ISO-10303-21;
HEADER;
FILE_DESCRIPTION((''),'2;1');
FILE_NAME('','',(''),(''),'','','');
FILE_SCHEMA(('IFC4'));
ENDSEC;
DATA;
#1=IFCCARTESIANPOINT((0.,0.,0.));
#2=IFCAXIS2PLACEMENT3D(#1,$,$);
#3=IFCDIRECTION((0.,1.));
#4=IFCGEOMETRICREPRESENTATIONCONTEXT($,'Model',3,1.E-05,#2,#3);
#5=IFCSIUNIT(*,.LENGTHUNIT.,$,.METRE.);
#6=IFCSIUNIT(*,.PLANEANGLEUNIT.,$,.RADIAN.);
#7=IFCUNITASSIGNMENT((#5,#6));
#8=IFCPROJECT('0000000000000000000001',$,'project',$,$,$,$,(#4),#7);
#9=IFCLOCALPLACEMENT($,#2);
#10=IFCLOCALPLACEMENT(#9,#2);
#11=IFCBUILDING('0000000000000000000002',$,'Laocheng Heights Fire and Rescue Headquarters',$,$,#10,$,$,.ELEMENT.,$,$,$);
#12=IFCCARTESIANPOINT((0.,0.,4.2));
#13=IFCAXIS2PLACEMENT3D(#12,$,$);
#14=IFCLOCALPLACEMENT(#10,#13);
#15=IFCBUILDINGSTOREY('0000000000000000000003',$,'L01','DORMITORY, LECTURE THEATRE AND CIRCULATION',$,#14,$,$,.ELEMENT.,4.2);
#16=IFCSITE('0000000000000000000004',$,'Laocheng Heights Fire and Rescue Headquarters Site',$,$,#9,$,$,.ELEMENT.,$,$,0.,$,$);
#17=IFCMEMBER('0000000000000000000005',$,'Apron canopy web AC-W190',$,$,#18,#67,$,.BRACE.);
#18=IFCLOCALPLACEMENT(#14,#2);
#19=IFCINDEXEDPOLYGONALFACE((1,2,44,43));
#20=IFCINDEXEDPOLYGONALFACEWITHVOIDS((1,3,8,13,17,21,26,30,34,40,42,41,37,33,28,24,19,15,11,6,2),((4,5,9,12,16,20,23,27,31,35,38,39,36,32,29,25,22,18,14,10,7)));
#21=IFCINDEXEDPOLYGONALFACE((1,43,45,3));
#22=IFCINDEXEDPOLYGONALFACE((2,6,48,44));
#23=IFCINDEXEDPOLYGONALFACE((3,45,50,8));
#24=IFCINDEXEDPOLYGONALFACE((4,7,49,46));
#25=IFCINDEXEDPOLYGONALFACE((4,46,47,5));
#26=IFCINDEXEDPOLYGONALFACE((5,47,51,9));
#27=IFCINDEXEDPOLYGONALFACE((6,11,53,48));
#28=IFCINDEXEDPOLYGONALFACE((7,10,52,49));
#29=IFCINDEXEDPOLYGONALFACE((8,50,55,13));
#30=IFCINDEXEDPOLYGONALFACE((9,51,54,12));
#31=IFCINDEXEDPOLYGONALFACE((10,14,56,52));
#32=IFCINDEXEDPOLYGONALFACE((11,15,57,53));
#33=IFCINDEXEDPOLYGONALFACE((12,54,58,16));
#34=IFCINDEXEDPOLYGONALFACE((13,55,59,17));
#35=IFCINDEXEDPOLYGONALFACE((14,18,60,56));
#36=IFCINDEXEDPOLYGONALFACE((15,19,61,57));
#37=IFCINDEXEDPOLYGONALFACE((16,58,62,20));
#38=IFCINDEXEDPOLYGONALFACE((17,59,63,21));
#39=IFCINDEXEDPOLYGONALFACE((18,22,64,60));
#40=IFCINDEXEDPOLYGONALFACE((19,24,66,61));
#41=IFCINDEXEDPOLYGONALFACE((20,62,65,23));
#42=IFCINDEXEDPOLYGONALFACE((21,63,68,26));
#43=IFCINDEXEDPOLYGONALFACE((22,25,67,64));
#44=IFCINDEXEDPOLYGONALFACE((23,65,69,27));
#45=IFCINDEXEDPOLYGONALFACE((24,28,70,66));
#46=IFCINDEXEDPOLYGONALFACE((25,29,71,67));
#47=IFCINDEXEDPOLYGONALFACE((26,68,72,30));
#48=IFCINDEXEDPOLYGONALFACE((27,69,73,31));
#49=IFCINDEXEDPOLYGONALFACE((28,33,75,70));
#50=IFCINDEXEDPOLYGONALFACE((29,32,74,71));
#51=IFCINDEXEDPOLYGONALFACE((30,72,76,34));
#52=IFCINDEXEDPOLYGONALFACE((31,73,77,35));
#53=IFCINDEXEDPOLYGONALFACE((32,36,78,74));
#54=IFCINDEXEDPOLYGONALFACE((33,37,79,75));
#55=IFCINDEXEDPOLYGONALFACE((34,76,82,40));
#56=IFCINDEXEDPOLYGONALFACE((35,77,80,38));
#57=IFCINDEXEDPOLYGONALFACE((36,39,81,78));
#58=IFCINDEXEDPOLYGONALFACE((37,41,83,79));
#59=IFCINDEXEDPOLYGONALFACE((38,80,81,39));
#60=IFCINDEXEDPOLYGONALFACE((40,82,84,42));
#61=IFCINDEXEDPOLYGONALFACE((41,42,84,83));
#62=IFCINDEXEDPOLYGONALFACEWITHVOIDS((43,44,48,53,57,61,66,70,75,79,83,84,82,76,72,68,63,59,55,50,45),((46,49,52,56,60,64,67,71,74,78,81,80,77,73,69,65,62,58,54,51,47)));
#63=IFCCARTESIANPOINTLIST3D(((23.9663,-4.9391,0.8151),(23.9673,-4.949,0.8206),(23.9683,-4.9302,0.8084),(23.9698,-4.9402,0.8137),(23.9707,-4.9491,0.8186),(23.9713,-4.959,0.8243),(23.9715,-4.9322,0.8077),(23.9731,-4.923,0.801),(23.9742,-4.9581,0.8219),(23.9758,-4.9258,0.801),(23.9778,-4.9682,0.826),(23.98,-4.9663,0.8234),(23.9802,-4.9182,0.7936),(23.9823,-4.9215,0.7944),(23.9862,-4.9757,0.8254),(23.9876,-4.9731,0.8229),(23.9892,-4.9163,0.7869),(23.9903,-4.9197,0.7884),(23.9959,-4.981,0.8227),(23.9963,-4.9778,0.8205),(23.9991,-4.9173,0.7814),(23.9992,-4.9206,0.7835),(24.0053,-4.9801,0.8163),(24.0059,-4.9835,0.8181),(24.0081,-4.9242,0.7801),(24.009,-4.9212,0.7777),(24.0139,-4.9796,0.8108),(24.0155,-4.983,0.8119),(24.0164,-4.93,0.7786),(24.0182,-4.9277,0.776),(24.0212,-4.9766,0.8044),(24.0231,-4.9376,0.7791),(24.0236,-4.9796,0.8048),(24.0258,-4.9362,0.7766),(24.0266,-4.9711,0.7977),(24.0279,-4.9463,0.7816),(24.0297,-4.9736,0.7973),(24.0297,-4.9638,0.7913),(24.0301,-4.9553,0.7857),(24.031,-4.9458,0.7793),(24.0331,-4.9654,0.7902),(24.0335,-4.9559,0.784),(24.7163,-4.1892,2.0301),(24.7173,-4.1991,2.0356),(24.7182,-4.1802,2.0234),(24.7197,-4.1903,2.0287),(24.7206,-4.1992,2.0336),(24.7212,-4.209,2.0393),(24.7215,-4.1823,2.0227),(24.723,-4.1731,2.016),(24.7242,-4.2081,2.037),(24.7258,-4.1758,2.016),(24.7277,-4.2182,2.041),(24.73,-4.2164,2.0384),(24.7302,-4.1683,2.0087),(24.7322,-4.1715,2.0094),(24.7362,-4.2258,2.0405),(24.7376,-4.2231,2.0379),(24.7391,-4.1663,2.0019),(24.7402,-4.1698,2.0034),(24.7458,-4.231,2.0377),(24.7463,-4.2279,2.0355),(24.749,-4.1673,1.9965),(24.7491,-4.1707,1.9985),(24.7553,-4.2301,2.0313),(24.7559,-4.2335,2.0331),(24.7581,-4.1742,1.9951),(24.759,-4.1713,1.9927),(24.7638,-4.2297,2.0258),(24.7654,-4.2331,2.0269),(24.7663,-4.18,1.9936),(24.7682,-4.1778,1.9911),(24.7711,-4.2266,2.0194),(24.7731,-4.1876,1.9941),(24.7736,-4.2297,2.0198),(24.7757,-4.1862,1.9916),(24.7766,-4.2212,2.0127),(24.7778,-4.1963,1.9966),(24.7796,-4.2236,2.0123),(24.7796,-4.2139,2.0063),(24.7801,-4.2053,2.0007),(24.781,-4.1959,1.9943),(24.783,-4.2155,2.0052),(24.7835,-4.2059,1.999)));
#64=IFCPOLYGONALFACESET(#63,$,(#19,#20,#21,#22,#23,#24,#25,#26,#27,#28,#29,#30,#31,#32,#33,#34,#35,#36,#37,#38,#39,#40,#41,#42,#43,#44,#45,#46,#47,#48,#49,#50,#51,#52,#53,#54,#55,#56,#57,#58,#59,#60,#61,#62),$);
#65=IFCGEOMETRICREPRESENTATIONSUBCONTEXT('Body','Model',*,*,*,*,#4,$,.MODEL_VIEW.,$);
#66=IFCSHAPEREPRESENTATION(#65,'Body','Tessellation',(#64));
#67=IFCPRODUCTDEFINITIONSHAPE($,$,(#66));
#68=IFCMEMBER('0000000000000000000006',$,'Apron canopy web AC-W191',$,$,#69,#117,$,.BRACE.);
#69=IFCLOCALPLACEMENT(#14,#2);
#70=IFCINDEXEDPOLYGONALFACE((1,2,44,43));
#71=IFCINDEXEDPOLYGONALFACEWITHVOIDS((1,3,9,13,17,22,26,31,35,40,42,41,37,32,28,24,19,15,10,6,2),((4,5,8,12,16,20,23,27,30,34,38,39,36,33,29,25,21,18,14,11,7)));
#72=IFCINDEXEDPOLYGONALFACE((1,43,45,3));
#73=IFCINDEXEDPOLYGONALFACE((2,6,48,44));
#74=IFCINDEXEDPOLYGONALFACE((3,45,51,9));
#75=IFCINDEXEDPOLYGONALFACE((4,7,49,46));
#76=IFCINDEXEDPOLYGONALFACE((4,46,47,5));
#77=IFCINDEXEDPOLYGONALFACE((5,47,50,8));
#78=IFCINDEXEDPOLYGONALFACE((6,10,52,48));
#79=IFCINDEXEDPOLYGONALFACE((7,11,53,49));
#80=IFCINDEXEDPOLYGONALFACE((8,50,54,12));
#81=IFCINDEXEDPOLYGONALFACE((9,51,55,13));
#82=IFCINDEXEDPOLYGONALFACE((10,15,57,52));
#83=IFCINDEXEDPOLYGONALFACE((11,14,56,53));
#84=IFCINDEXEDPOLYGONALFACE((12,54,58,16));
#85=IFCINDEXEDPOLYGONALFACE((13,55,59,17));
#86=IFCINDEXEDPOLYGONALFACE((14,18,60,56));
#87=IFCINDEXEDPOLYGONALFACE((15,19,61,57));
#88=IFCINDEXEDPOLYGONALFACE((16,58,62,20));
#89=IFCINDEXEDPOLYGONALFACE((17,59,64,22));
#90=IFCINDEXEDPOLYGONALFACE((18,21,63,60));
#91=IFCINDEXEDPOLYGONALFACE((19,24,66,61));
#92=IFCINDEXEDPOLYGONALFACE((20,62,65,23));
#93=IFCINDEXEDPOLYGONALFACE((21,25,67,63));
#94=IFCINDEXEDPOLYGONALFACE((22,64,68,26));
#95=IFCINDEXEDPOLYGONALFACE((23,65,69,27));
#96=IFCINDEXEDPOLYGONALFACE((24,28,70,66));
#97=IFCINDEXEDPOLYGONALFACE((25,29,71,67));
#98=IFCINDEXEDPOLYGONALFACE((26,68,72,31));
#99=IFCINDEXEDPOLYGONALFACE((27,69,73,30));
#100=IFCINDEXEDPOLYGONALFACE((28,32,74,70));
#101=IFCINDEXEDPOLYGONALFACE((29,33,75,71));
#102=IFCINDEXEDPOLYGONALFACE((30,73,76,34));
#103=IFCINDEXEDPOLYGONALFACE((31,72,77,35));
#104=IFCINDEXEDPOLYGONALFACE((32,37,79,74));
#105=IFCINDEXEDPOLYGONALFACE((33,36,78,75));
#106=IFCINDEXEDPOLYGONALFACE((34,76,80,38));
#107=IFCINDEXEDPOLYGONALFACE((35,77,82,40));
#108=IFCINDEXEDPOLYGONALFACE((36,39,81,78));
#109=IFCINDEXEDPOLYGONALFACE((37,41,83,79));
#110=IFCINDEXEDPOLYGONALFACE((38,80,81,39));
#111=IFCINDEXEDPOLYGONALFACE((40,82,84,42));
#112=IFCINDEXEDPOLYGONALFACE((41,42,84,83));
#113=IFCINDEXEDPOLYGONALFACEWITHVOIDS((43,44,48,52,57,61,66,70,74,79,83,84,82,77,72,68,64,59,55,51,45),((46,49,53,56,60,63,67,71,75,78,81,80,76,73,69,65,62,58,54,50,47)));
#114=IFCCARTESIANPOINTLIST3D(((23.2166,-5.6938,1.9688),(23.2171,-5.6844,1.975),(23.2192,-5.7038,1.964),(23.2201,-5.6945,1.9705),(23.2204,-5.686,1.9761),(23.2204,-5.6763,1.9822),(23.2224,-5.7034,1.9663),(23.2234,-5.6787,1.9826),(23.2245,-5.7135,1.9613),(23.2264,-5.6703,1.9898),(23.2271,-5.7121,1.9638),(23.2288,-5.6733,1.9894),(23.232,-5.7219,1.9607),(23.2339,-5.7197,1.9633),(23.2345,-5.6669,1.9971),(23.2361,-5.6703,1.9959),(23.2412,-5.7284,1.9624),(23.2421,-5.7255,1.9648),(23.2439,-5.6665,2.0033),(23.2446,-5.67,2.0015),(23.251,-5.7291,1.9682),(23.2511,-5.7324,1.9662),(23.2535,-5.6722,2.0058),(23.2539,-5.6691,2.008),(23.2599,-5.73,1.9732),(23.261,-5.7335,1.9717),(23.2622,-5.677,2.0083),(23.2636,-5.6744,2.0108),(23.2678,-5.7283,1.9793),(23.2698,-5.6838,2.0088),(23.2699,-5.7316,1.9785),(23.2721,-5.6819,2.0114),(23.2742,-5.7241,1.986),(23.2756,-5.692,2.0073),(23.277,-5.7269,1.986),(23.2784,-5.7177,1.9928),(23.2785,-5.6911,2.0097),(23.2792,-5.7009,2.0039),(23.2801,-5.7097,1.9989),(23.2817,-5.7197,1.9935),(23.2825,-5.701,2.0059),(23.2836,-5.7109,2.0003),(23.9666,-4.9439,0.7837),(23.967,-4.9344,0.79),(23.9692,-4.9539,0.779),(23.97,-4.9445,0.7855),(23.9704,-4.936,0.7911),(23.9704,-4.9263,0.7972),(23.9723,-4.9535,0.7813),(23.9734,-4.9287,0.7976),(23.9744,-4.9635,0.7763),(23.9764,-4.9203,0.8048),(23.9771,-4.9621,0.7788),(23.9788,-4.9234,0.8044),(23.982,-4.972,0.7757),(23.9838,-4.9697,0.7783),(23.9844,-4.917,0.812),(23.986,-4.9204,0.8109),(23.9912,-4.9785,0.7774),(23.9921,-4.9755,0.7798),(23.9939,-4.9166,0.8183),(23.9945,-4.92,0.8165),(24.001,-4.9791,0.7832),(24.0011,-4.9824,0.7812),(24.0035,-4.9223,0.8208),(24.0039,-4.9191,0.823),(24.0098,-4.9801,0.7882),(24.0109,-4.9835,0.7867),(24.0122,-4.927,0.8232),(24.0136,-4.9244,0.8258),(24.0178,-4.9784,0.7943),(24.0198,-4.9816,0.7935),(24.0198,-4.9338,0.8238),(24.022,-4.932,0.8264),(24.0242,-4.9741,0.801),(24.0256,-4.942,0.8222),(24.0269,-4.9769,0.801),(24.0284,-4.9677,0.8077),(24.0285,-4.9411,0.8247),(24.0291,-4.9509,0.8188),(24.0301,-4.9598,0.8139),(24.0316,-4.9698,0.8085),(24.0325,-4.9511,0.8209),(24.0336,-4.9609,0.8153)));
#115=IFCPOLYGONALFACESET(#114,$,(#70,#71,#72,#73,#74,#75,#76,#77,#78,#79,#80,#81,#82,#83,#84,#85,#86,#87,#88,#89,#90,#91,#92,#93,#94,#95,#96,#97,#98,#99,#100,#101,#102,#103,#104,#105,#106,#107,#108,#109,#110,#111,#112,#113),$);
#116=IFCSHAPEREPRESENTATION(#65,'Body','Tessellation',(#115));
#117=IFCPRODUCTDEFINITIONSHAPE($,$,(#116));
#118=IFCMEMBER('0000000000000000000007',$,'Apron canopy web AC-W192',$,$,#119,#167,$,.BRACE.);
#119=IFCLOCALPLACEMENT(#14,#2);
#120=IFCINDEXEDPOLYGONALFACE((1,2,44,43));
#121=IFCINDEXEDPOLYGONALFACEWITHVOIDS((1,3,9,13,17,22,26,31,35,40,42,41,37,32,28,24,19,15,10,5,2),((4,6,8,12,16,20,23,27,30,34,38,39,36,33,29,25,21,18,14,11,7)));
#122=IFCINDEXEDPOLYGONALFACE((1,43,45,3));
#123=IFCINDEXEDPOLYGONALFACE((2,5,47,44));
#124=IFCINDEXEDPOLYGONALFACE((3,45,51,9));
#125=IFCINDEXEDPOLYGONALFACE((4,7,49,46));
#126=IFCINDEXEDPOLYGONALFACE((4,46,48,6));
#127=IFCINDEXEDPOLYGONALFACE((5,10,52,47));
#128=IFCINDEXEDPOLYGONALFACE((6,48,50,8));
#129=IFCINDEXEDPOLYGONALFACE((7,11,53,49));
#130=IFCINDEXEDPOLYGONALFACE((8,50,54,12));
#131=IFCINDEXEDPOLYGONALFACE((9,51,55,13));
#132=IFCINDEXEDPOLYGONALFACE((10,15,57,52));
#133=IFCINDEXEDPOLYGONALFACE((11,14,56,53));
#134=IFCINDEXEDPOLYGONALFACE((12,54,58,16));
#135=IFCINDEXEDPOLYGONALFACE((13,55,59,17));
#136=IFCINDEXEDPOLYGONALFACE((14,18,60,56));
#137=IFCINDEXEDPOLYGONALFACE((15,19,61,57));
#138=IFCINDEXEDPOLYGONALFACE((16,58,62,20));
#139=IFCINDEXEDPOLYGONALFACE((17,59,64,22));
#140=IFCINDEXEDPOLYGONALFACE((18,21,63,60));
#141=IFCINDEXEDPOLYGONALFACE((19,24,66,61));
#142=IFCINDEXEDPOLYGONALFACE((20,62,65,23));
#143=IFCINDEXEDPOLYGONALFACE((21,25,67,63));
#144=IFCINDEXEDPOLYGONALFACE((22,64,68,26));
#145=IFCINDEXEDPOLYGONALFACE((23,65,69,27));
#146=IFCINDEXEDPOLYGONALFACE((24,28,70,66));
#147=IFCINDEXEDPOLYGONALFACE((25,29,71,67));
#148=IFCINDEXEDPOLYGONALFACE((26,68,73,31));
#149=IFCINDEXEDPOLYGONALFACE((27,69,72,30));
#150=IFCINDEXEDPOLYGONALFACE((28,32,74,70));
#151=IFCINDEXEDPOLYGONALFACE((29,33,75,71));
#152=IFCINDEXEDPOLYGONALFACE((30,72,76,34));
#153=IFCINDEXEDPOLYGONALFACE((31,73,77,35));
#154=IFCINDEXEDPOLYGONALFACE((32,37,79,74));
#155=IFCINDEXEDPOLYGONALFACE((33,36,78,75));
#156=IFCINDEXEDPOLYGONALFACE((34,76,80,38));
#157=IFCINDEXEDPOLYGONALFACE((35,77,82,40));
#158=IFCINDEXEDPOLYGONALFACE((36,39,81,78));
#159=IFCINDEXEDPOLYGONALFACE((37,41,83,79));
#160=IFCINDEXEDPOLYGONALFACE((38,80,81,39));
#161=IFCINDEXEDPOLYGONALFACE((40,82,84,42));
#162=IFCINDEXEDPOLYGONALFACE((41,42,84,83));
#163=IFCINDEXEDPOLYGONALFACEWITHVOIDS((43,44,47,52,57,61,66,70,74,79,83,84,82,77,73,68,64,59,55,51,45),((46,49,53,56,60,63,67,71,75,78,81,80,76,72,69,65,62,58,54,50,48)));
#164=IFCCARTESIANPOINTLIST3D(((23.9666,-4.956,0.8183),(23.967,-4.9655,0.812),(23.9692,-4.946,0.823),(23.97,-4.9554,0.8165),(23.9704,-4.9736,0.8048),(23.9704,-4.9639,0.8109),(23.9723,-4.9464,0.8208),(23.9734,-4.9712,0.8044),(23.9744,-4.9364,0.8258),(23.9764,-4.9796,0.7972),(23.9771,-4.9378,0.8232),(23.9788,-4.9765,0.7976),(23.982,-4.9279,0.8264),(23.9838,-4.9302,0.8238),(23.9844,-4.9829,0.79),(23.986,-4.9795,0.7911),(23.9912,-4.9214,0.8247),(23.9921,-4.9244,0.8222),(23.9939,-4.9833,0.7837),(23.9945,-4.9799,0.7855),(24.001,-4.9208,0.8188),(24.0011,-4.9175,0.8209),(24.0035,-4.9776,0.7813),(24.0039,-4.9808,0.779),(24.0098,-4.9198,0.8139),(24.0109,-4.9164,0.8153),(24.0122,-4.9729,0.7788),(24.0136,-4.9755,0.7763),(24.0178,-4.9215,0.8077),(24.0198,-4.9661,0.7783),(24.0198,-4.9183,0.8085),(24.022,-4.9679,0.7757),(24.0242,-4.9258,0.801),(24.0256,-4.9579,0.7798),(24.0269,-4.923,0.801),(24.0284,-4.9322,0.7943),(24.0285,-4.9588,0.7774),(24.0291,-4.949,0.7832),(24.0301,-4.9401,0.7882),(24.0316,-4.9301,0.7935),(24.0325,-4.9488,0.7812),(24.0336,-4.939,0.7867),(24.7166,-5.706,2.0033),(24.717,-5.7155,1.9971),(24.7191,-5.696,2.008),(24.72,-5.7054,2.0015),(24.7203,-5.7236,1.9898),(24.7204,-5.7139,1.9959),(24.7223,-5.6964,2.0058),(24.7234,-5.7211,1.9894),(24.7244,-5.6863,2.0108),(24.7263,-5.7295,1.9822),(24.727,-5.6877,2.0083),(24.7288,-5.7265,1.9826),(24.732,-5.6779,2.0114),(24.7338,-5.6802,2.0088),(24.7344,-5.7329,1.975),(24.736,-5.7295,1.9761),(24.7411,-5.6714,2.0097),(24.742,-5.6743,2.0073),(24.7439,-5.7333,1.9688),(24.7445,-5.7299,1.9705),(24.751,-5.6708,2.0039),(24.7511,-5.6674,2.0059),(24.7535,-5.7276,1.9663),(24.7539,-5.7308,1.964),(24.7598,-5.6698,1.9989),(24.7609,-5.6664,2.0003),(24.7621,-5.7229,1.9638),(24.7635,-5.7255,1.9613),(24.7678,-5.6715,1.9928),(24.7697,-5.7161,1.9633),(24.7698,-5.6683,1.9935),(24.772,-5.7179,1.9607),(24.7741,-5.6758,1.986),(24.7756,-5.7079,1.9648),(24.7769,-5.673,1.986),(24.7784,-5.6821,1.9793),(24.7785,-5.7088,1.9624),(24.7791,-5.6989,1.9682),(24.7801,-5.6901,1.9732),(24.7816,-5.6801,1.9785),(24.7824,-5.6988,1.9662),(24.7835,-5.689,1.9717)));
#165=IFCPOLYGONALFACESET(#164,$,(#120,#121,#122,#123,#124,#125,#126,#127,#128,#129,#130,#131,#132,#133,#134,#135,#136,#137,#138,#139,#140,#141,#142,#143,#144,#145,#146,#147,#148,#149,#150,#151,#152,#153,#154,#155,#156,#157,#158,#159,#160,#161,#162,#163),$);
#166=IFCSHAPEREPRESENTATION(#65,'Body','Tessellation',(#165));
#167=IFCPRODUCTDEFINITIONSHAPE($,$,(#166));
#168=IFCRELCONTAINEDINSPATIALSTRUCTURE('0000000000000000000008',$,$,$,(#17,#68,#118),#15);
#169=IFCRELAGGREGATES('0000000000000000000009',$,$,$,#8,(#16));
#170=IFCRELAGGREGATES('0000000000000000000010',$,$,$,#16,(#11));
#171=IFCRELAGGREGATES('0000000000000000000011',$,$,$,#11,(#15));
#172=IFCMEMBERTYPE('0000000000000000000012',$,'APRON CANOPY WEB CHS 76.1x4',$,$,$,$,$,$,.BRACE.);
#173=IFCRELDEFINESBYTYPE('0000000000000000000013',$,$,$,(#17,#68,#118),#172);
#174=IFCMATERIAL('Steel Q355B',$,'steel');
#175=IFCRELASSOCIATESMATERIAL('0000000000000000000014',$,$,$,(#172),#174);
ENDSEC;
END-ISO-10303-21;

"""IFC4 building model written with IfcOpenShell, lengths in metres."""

from ifc_helpers import new_model, si_unit, direction, frame, origin, origin_2d, place, context, subcontext, project, spatial, hollow_circle, extrude, material, material_profile, profile_set, type_object, element, save


model = new_model("IFC4")

# Units and contexts
model_context = context("Model", 3, precision=1e-05, world=origin(), true_north=direction((0.0, 1.0)))
body_context = subcontext(model_context, "Body", "Model", "MODEL_VIEW")
ifc_project = project(units=[si_unit("LENGTHUNIT", "METRE"), si_unit("PLANEANGLEUNIT", "RADIAN")], contexts=[model_context])

# Site, building, storey
site_placement = place(None, origin())
site = spatial("IfcSite", under=ifc_project, at=site_placement, Name="Laocheng Heights Fire and Rescue Headquarters Site", CompositionType="ELEMENT", RefElevation=0.0)
building_placement = place(site_placement, origin())
building = spatial("IfcBuilding", under=site, at=building_placement, Name="Laocheng Heights Fire and Rescue Headquarters", CompositionType="ELEMENT")
storey_placement = place(building_placement, frame((0.0, 0.0, 4.2)))
storey = spatial("IfcBuildingStorey", under=building, at=storey_placement, Name="L01", Description="DORMITORY, LECTURE THEATRE AND CIRCULATION", CompositionType="ELEMENT", Elevation=4.2)

# Members
ifc_material_1 = material(Name="Steel Q355B", Category="steel")
ifc_material_profile_1 = material_profile(ifc_material_1, hollow_circle(Radius=0.0381, WallThickness=0.0039, at=origin_2d()), Name="CHS 76.1x4")
ifc_profile_set_1 = profile_set([ifc_material_profile_1], Name="Steel Q355B")
member_type_1 = type_object("IfcMemberType", Name="APRON CANOPY WEB CHS 76.1x4", PredefinedType="BRACE", material=ifc_profile_set_1)
for number, where, z_axis, x_axis, name in (
    (1, (24.0, -4.95, 0.801), (0.465002, 0.465002, 0.753357), (-0.707107, 0.707107, 0.0), "Apron canopy web AC-W190"),
):
    element("IfcMember", number, at=place(storey_placement, frame(where, z_axis=z_axis, x_axis=x_axis)), inside=storey, type_object=member_type_1, Name=name, PredefinedType="BRACE", context=body_context, shape_type="SweptSolid", body=[
        extrude(hollow_circle(Radius=0.0381, WallThickness=0.0039, at=origin_2d()), origin(), (0.0, 0.0, 1.0), 1.6128),
    ])
for number, where, z_axis, x_axis, name in (
    (2, (24.0, -4.95, 0.801), (-0.47158, -0.47158, 0.745134), (0.707107, -0.707107, 0.0), "Apron canopy web AC-W191"),
    (3, (24.0, -4.95, 0.801), (0.47158, -0.47158, 0.745134), (0.707107, 0.707107, 0.0), "Apron canopy web AC-W192"),
):
    element("IfcMember", number, at=place(storey_placement, frame(where, z_axis=z_axis, x_axis=x_axis)), inside=storey, type_object=member_type_1, Name=name, PredefinedType="BRACE", context=body_context, shape_type="SweptSolid", body=[
        extrude(hollow_circle(Radius=0.0381, WallThickness=0.0039, at=origin_2d()), origin(), (0.0, 0.0, 1.0), 1.5903),
    ])

save(model, "model.ifc")
